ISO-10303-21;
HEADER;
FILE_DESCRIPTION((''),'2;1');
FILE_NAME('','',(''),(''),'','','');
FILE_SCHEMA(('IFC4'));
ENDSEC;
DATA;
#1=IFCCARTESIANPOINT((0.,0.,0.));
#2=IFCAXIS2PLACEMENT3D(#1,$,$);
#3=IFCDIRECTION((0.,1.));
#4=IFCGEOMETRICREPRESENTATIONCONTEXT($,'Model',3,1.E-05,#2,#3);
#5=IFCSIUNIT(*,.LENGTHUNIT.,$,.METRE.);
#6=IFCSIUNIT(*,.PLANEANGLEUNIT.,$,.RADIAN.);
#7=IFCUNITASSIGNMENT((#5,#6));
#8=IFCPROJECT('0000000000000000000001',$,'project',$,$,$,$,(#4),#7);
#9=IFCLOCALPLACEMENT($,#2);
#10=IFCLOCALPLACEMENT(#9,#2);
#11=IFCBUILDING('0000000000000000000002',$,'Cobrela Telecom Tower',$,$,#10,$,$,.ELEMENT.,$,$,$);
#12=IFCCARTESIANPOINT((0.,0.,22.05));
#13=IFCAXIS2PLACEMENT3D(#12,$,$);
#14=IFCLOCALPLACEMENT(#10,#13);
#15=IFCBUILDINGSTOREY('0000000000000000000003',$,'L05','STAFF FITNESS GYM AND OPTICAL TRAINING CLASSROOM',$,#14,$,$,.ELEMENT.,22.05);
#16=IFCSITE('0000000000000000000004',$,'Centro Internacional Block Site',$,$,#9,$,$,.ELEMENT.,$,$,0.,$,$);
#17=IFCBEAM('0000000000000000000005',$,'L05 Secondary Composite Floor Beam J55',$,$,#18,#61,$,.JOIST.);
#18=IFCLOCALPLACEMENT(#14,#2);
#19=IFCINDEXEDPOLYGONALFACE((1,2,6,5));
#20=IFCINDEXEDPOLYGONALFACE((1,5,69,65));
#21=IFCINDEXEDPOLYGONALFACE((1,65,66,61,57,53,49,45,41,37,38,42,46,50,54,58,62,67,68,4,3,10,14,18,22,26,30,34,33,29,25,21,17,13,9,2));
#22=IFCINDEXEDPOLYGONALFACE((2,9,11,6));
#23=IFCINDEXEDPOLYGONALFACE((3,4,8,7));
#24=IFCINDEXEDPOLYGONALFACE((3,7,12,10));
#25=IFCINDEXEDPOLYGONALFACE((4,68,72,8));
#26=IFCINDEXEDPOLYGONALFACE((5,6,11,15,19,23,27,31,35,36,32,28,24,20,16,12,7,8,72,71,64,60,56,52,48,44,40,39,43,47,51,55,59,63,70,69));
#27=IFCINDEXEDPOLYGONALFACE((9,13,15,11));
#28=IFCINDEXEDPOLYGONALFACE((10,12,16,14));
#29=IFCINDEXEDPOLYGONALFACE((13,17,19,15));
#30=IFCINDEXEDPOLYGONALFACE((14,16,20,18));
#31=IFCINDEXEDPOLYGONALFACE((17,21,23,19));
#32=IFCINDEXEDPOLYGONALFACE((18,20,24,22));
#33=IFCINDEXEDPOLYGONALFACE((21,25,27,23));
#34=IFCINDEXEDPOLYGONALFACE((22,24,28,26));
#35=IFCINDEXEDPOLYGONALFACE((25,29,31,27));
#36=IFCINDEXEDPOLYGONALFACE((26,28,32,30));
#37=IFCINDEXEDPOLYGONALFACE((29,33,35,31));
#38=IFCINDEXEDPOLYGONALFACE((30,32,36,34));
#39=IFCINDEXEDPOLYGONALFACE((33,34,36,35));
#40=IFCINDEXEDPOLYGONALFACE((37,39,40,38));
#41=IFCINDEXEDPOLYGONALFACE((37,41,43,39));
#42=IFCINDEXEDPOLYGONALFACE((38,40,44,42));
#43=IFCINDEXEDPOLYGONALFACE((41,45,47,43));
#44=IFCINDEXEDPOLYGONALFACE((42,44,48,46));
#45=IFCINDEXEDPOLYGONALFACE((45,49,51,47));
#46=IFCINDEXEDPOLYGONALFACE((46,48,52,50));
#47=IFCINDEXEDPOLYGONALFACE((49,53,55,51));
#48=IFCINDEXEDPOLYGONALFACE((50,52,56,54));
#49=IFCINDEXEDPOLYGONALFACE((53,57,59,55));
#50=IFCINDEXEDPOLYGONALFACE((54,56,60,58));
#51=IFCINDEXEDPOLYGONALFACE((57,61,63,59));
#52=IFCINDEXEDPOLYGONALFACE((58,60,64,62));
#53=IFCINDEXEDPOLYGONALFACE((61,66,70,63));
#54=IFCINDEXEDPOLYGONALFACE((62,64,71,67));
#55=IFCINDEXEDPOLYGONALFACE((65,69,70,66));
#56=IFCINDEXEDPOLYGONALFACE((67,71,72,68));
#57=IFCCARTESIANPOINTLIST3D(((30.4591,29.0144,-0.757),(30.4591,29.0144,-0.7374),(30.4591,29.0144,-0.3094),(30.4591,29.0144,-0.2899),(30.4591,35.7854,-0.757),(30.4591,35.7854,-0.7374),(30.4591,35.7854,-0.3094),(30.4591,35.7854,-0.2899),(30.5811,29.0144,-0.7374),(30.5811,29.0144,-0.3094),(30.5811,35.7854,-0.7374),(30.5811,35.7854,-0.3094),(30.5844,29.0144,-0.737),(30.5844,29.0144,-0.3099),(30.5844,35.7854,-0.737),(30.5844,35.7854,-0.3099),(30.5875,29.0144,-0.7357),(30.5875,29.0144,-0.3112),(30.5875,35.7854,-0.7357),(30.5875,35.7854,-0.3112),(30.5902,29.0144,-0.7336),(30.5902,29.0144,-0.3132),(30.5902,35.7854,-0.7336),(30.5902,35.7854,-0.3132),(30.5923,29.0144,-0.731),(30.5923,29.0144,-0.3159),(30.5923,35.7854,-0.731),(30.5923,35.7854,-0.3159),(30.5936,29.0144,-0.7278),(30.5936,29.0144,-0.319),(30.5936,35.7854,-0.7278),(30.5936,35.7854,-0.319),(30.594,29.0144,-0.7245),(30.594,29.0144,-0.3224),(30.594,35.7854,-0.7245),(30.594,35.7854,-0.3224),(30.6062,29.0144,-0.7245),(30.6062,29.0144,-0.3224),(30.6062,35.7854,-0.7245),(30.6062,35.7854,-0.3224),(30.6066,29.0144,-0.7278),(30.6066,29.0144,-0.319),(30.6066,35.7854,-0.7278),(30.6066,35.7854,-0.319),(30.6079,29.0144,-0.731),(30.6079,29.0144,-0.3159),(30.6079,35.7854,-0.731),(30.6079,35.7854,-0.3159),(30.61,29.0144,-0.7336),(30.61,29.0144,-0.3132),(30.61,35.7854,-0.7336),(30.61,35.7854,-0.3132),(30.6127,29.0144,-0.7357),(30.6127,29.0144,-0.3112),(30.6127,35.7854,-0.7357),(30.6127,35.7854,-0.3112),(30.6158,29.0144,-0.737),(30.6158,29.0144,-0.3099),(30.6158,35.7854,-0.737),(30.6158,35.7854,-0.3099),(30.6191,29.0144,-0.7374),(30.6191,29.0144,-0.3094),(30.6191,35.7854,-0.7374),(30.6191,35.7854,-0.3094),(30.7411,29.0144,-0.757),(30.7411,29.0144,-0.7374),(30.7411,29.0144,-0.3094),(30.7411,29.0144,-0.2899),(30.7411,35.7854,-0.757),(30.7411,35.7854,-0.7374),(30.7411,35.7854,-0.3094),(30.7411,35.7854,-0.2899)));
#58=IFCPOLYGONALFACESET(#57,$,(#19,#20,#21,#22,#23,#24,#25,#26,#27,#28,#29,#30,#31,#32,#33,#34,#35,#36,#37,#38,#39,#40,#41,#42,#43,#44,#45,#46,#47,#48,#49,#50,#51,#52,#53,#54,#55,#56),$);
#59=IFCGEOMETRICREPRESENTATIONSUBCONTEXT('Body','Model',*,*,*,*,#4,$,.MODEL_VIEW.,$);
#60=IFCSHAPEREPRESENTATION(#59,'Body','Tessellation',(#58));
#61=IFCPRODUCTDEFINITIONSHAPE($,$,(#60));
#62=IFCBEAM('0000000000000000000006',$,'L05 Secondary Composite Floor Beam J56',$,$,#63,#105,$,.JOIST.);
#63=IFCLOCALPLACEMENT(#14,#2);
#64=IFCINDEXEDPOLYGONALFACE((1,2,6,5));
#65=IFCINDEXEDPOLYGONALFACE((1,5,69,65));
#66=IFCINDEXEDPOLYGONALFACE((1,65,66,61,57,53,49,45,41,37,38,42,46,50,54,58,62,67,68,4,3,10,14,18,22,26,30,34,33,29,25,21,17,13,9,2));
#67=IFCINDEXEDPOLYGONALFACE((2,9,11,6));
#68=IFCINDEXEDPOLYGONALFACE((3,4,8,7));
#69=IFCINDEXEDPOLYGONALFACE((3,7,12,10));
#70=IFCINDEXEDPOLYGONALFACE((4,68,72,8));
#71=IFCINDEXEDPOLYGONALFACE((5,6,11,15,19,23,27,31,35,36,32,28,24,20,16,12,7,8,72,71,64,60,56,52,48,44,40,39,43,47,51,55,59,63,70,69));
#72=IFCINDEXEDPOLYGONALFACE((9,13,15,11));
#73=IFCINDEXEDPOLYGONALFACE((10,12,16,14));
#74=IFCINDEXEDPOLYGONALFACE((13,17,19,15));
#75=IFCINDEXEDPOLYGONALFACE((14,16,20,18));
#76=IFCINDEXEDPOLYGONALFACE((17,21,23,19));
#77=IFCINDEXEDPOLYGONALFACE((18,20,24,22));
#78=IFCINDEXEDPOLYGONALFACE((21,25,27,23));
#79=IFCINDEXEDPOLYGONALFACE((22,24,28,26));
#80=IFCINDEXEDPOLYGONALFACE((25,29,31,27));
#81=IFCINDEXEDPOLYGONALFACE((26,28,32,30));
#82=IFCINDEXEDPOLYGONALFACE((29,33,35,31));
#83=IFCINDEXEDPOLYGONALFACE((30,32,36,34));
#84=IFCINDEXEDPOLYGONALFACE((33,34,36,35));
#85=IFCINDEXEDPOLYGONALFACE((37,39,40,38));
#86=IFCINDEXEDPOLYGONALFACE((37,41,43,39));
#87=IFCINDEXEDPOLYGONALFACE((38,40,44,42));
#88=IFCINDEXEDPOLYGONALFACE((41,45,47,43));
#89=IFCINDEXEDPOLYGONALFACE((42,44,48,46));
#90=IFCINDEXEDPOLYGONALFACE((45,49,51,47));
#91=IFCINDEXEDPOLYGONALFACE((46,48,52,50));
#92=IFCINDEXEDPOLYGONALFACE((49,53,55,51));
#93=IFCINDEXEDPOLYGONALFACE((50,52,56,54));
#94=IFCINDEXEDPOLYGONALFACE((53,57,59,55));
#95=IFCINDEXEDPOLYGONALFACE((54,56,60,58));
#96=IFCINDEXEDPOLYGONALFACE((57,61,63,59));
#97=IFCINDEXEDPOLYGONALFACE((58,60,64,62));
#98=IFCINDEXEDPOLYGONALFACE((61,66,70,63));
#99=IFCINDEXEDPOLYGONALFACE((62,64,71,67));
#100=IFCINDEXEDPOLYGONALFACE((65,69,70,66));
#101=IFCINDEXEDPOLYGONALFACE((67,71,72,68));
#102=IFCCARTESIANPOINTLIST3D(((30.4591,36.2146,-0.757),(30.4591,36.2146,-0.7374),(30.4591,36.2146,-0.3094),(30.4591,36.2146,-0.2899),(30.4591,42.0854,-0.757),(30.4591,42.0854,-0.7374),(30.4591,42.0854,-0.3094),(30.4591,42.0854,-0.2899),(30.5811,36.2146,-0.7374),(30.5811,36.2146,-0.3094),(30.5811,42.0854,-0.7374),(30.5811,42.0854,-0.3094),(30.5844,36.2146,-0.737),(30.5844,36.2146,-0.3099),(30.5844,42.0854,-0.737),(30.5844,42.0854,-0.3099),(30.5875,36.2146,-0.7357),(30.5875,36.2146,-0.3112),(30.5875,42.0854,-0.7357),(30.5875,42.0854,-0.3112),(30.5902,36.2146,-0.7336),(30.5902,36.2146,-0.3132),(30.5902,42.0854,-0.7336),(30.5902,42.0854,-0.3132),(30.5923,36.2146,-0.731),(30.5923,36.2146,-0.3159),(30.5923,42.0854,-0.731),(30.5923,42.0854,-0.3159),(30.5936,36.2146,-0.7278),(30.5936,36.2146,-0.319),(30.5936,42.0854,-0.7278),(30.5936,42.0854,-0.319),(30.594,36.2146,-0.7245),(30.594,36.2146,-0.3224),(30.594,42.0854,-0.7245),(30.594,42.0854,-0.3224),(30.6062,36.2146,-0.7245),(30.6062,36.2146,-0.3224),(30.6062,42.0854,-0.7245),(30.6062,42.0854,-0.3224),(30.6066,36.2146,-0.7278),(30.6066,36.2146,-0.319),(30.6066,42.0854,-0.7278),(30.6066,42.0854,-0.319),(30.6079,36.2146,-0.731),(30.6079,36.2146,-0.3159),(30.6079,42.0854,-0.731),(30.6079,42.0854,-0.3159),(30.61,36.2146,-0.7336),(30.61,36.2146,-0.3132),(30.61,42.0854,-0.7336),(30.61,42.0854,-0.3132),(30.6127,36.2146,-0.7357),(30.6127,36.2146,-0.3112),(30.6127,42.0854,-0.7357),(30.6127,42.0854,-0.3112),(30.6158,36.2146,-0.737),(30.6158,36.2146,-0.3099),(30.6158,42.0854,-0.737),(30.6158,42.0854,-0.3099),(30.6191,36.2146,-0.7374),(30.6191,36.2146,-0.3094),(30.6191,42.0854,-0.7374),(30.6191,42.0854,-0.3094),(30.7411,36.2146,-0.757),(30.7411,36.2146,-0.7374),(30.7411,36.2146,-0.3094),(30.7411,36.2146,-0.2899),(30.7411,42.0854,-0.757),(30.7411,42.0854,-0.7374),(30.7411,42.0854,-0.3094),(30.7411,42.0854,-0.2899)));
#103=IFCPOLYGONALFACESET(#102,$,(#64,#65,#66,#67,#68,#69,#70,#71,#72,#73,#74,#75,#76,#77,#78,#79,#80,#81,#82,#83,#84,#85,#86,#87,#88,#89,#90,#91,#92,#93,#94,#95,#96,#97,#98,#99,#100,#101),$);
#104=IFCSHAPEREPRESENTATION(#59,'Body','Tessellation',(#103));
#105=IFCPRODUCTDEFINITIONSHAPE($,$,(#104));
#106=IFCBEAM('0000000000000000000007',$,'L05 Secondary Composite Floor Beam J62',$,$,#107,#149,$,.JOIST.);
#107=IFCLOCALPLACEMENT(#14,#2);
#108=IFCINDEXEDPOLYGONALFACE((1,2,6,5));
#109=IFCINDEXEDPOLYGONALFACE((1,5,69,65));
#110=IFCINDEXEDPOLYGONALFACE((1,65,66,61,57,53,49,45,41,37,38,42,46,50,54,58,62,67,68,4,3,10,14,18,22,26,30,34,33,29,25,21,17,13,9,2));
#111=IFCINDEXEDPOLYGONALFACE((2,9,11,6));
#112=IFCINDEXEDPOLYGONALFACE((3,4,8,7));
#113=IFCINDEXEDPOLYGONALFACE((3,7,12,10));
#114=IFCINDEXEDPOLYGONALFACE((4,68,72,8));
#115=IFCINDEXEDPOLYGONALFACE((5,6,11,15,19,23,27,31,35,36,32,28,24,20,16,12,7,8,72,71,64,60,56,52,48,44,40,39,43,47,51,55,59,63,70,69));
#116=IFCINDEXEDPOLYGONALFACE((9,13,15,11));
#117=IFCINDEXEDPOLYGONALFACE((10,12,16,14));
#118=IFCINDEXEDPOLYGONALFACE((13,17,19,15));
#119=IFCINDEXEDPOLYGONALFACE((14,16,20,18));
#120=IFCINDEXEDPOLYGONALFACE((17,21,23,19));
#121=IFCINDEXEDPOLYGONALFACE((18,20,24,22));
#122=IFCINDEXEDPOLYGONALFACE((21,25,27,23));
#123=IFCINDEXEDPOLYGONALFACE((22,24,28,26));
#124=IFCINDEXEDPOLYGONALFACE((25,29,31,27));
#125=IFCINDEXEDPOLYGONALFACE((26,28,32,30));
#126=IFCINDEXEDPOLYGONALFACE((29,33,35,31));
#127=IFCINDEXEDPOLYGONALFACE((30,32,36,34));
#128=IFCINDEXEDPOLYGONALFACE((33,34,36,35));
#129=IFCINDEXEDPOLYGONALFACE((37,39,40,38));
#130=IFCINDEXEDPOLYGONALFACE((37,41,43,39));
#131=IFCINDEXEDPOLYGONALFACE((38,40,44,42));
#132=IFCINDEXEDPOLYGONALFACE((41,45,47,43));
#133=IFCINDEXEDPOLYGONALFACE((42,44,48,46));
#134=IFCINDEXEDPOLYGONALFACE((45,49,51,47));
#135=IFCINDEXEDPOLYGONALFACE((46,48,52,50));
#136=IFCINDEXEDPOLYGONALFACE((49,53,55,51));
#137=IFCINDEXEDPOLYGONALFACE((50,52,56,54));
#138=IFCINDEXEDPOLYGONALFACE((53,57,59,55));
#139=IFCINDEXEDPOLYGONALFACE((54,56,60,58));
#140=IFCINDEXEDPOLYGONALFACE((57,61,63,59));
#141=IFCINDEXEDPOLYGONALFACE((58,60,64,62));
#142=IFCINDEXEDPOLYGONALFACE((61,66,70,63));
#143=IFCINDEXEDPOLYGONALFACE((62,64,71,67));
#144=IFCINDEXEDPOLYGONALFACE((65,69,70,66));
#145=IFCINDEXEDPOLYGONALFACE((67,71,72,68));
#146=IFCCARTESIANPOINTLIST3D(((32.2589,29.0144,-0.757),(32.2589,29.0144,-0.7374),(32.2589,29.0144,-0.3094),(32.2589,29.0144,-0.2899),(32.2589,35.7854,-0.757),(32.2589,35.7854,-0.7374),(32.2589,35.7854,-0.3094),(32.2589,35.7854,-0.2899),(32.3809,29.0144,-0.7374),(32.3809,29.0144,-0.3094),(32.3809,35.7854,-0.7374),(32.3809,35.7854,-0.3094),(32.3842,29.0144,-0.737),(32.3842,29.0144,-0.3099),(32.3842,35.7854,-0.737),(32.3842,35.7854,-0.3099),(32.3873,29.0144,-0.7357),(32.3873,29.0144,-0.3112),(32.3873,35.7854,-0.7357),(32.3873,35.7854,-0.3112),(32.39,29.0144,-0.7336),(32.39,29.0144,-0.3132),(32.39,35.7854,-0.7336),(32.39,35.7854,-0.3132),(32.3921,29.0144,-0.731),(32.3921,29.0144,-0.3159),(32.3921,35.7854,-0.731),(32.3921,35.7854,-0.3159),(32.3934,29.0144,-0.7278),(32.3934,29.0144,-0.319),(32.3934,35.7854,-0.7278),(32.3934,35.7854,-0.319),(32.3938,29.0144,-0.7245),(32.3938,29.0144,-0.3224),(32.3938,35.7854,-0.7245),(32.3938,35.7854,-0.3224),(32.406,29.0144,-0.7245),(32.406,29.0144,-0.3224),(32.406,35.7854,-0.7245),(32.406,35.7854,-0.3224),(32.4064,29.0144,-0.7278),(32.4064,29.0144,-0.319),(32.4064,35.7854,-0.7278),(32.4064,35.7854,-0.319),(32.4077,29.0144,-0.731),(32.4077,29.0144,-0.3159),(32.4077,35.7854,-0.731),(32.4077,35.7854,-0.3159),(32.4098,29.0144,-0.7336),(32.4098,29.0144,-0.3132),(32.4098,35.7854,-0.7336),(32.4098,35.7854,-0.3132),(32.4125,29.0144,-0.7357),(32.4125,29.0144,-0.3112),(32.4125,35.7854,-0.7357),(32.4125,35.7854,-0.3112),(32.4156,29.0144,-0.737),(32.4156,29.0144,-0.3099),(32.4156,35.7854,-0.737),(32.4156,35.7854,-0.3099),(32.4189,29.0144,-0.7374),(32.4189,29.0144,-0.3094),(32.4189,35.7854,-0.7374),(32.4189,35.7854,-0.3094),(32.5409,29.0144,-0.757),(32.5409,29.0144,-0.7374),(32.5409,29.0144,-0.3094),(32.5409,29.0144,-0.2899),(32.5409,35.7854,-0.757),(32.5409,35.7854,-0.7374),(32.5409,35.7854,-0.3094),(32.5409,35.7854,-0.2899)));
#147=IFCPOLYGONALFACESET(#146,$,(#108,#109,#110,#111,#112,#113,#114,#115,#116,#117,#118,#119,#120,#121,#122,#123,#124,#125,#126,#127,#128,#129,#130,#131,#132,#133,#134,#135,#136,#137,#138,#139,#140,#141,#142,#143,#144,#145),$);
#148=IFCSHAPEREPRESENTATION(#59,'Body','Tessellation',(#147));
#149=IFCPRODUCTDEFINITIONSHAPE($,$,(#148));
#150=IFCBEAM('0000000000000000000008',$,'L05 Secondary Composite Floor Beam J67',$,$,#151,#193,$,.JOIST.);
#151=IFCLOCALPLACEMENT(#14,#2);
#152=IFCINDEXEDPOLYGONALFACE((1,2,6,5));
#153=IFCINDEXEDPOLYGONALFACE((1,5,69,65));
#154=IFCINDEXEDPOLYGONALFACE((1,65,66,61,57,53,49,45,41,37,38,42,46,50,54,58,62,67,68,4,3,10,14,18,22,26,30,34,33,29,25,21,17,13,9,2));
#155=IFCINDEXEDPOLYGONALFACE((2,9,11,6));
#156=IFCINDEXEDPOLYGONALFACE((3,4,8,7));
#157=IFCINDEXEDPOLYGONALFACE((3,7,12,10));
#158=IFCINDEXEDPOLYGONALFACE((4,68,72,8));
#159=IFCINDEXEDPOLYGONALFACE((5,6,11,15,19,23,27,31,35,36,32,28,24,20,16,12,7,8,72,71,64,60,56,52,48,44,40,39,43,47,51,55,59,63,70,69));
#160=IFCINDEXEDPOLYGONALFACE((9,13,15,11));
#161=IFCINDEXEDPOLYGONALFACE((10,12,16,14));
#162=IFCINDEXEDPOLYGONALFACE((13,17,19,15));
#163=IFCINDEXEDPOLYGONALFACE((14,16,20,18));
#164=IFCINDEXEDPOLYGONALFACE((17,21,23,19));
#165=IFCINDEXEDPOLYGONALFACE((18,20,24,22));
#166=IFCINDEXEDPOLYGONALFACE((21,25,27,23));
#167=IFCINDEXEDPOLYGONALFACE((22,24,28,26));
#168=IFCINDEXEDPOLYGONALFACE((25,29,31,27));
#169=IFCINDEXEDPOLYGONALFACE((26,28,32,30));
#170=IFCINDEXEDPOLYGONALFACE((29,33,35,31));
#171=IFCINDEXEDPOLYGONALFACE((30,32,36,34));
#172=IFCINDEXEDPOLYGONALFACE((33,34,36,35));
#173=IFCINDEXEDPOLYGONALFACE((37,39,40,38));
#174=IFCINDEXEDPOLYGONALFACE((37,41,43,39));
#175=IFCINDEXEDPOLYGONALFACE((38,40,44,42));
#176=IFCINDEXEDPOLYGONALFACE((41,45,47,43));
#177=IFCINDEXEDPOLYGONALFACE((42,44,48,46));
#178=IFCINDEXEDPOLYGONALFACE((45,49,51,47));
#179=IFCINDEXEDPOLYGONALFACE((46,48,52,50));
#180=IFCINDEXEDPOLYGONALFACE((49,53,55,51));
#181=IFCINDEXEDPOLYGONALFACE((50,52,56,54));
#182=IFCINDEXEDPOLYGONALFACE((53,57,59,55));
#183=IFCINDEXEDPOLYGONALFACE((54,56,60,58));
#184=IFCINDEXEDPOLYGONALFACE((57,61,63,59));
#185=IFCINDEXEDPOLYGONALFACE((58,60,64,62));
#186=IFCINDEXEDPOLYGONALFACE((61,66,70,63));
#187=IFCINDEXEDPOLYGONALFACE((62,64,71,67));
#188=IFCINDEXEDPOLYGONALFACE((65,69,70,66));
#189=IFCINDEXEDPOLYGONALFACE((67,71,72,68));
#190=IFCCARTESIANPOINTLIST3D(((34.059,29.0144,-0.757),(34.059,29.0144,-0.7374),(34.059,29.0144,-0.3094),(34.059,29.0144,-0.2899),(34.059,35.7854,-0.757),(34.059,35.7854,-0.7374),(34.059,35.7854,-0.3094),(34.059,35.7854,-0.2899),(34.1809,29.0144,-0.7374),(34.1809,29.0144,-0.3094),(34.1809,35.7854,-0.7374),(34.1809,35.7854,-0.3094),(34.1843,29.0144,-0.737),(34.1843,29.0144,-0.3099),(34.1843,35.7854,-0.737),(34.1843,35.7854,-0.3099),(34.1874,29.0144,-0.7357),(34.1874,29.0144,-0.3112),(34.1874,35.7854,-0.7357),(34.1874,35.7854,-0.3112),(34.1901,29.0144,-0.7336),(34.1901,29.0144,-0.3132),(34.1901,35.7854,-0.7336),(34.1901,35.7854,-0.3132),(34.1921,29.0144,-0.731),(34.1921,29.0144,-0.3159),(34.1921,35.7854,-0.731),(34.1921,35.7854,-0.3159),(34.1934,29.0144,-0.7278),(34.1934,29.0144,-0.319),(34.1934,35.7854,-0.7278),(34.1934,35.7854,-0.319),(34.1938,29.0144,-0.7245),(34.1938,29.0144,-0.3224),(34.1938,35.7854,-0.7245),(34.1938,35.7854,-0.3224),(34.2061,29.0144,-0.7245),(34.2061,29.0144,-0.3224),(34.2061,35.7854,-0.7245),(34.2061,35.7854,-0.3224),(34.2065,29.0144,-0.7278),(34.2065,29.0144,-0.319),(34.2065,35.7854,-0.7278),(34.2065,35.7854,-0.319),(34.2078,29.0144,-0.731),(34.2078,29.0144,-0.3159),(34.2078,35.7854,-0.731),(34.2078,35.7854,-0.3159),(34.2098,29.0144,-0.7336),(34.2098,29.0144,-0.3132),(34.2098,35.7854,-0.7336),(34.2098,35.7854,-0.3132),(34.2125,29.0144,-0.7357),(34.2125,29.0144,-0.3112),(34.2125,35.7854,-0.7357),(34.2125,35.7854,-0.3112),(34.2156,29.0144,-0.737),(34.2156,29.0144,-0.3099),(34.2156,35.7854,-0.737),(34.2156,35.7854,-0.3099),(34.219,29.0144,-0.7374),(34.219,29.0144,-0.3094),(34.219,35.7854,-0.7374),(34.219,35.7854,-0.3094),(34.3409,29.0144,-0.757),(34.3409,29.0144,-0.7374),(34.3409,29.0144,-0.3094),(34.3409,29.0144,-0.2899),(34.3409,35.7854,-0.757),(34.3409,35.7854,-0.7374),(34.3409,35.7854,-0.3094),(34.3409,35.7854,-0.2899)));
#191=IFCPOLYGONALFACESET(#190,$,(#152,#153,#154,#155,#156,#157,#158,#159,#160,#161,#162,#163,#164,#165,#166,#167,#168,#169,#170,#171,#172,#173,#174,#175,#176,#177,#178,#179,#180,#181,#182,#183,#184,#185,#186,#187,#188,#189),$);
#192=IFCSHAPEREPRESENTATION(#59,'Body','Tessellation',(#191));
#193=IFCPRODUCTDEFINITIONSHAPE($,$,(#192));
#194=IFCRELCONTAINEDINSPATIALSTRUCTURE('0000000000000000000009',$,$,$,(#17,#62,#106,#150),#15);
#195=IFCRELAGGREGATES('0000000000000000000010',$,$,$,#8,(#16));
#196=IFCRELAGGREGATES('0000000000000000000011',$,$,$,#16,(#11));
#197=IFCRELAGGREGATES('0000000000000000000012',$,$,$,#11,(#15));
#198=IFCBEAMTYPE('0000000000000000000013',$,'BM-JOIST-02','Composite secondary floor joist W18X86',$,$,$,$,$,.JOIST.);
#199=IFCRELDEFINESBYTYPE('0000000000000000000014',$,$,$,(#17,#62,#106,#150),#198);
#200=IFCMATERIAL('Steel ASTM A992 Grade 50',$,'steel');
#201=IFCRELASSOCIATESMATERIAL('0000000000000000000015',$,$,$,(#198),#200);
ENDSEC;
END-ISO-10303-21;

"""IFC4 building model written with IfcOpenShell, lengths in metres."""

from ifc_helpers import new_model, si_unit, direction, frame, origin, origin_2d, place, context, subcontext, project, spatial, i_section, extrude, material, material_profile, profile_set, type_object, element, save


model = new_model("IFC4")

# Units and contexts
model_context = context("Model", 3, precision=1e-05, world=origin(), true_north=direction((0.0, 1.0)))
body_context = subcontext(model_context, "Body", "Model", "MODEL_VIEW")
ifc_project = project(units=[si_unit("LENGTHUNIT", "METRE"), si_unit("PLANEANGLEUNIT", "RADIAN")], contexts=[model_context])

# Site, building, storey
site_placement = place(None, origin())
site = spatial("IfcSite", under=ifc_project, at=site_placement, Name="Centro Internacional Block Site", CompositionType="ELEMENT", RefElevation=0.0)
building_placement = place(site_placement, origin())
building = spatial("IfcBuilding", under=site, at=building_placement, Name="Cobrela Telecom Tower", CompositionType="ELEMENT")
storey_placement = place(building_placement, frame((0.0, 0.0, 22.05)))
storey = spatial("IfcBuildingStorey", under=building, at=storey_placement, Name="L05", Description="STAFF FITNESS GYM AND OPTICAL TRAINING CLASSROOM", CompositionType="ELEMENT", Elevation=22.05)

# Beams
ifc_material_1 = material(Name="Steel ASTM A992 Grade 50", Category="steel")
ifc_material_profile_1 = material_profile(ifc_material_1, i_section(OverallWidth=0.282, OverallDepth=0.467, WebThickness=0.0122, FlangeThickness=0.0195, FilletRadius=0.0129, at=origin_2d()), Name="W18X86")
ifc_profile_set_1 = profile_set([ifc_material_profile_1], Name="Steel ASTM A992 Grade 50")
beam_type_1 = type_object("IfcBeamType", Name="BM-JOIST-02", Description="Composite secondary floor joist W18X86", PredefinedType="JOIST", material=ifc_profile_set_1)
beam_1_placement = place(storey_placement, frame((30.6001, 29.0144, -0.5234), z_axis=(0.0, 1.0, 0.0), x_axis=(-1.0, 0.0, 0.0)))
element("IfcBeam", 1, at=beam_1_placement, inside=storey, type_object=beam_type_1, Name="L05 Secondary Composite Floor Beam J55", PredefinedType="JOIST", context=body_context, shape_type="SweptSolid", body=[
    extrude(i_section(OverallWidth=0.282, OverallDepth=0.467, WebThickness=0.0122, FlangeThickness=0.0195, FilletRadius=0.0129, at=origin_2d()), origin(), (0.0, 0.0, 1.0), 6.771),
])
beam_2_placement = place(storey_placement, frame((30.6001, 36.2146, -0.5234), z_axis=(0.0, 1.0, 0.0), x_axis=(-1.0, 0.0, 0.0)))
element("IfcBeam", 2, at=beam_2_placement, inside=storey, type_object=beam_type_1, Name="L05 Secondary Composite Floor Beam J56", PredefinedType="JOIST", context=body_context, shape_type="SweptSolid", body=[
    extrude(i_section(OverallWidth=0.282, OverallDepth=0.467, WebThickness=0.0122, FlangeThickness=0.0195, FilletRadius=0.0129, at=origin_2d()), origin(), (0.0, 0.0, 1.0), 5.8708),
])
for number, where, z_axis, x_axis, name in (
    (3, (32.3999, 29.0144, -0.5234), (0.0, 1.0, 0.0), (-1.0, 0.0, 0.0), "L05 Secondary Composite Floor Beam J62"),
    (4, (34.2, 29.0144, -0.5234), (0.0, 1.0, 0.0), (-1.0, 0.0, 0.0), "L05 Secondary Composite Floor Beam J67"),
):
    element("IfcBeam", number, at=place(storey_placement, frame(where, z_axis=z_axis, x_axis=x_axis)), inside=storey, type_object=beam_type_1, Name=name, PredefinedType="JOIST", context=body_context, shape_type="SweptSolid", body=[
        extrude(i_section(OverallWidth=0.282, OverallDepth=0.467, WebThickness=0.0122, FlangeThickness=0.0195, FilletRadius=0.0129, at=origin_2d()), origin(), (0.0, 0.0, 1.0), 6.771),
    ])

save(model, "model.ifc")
